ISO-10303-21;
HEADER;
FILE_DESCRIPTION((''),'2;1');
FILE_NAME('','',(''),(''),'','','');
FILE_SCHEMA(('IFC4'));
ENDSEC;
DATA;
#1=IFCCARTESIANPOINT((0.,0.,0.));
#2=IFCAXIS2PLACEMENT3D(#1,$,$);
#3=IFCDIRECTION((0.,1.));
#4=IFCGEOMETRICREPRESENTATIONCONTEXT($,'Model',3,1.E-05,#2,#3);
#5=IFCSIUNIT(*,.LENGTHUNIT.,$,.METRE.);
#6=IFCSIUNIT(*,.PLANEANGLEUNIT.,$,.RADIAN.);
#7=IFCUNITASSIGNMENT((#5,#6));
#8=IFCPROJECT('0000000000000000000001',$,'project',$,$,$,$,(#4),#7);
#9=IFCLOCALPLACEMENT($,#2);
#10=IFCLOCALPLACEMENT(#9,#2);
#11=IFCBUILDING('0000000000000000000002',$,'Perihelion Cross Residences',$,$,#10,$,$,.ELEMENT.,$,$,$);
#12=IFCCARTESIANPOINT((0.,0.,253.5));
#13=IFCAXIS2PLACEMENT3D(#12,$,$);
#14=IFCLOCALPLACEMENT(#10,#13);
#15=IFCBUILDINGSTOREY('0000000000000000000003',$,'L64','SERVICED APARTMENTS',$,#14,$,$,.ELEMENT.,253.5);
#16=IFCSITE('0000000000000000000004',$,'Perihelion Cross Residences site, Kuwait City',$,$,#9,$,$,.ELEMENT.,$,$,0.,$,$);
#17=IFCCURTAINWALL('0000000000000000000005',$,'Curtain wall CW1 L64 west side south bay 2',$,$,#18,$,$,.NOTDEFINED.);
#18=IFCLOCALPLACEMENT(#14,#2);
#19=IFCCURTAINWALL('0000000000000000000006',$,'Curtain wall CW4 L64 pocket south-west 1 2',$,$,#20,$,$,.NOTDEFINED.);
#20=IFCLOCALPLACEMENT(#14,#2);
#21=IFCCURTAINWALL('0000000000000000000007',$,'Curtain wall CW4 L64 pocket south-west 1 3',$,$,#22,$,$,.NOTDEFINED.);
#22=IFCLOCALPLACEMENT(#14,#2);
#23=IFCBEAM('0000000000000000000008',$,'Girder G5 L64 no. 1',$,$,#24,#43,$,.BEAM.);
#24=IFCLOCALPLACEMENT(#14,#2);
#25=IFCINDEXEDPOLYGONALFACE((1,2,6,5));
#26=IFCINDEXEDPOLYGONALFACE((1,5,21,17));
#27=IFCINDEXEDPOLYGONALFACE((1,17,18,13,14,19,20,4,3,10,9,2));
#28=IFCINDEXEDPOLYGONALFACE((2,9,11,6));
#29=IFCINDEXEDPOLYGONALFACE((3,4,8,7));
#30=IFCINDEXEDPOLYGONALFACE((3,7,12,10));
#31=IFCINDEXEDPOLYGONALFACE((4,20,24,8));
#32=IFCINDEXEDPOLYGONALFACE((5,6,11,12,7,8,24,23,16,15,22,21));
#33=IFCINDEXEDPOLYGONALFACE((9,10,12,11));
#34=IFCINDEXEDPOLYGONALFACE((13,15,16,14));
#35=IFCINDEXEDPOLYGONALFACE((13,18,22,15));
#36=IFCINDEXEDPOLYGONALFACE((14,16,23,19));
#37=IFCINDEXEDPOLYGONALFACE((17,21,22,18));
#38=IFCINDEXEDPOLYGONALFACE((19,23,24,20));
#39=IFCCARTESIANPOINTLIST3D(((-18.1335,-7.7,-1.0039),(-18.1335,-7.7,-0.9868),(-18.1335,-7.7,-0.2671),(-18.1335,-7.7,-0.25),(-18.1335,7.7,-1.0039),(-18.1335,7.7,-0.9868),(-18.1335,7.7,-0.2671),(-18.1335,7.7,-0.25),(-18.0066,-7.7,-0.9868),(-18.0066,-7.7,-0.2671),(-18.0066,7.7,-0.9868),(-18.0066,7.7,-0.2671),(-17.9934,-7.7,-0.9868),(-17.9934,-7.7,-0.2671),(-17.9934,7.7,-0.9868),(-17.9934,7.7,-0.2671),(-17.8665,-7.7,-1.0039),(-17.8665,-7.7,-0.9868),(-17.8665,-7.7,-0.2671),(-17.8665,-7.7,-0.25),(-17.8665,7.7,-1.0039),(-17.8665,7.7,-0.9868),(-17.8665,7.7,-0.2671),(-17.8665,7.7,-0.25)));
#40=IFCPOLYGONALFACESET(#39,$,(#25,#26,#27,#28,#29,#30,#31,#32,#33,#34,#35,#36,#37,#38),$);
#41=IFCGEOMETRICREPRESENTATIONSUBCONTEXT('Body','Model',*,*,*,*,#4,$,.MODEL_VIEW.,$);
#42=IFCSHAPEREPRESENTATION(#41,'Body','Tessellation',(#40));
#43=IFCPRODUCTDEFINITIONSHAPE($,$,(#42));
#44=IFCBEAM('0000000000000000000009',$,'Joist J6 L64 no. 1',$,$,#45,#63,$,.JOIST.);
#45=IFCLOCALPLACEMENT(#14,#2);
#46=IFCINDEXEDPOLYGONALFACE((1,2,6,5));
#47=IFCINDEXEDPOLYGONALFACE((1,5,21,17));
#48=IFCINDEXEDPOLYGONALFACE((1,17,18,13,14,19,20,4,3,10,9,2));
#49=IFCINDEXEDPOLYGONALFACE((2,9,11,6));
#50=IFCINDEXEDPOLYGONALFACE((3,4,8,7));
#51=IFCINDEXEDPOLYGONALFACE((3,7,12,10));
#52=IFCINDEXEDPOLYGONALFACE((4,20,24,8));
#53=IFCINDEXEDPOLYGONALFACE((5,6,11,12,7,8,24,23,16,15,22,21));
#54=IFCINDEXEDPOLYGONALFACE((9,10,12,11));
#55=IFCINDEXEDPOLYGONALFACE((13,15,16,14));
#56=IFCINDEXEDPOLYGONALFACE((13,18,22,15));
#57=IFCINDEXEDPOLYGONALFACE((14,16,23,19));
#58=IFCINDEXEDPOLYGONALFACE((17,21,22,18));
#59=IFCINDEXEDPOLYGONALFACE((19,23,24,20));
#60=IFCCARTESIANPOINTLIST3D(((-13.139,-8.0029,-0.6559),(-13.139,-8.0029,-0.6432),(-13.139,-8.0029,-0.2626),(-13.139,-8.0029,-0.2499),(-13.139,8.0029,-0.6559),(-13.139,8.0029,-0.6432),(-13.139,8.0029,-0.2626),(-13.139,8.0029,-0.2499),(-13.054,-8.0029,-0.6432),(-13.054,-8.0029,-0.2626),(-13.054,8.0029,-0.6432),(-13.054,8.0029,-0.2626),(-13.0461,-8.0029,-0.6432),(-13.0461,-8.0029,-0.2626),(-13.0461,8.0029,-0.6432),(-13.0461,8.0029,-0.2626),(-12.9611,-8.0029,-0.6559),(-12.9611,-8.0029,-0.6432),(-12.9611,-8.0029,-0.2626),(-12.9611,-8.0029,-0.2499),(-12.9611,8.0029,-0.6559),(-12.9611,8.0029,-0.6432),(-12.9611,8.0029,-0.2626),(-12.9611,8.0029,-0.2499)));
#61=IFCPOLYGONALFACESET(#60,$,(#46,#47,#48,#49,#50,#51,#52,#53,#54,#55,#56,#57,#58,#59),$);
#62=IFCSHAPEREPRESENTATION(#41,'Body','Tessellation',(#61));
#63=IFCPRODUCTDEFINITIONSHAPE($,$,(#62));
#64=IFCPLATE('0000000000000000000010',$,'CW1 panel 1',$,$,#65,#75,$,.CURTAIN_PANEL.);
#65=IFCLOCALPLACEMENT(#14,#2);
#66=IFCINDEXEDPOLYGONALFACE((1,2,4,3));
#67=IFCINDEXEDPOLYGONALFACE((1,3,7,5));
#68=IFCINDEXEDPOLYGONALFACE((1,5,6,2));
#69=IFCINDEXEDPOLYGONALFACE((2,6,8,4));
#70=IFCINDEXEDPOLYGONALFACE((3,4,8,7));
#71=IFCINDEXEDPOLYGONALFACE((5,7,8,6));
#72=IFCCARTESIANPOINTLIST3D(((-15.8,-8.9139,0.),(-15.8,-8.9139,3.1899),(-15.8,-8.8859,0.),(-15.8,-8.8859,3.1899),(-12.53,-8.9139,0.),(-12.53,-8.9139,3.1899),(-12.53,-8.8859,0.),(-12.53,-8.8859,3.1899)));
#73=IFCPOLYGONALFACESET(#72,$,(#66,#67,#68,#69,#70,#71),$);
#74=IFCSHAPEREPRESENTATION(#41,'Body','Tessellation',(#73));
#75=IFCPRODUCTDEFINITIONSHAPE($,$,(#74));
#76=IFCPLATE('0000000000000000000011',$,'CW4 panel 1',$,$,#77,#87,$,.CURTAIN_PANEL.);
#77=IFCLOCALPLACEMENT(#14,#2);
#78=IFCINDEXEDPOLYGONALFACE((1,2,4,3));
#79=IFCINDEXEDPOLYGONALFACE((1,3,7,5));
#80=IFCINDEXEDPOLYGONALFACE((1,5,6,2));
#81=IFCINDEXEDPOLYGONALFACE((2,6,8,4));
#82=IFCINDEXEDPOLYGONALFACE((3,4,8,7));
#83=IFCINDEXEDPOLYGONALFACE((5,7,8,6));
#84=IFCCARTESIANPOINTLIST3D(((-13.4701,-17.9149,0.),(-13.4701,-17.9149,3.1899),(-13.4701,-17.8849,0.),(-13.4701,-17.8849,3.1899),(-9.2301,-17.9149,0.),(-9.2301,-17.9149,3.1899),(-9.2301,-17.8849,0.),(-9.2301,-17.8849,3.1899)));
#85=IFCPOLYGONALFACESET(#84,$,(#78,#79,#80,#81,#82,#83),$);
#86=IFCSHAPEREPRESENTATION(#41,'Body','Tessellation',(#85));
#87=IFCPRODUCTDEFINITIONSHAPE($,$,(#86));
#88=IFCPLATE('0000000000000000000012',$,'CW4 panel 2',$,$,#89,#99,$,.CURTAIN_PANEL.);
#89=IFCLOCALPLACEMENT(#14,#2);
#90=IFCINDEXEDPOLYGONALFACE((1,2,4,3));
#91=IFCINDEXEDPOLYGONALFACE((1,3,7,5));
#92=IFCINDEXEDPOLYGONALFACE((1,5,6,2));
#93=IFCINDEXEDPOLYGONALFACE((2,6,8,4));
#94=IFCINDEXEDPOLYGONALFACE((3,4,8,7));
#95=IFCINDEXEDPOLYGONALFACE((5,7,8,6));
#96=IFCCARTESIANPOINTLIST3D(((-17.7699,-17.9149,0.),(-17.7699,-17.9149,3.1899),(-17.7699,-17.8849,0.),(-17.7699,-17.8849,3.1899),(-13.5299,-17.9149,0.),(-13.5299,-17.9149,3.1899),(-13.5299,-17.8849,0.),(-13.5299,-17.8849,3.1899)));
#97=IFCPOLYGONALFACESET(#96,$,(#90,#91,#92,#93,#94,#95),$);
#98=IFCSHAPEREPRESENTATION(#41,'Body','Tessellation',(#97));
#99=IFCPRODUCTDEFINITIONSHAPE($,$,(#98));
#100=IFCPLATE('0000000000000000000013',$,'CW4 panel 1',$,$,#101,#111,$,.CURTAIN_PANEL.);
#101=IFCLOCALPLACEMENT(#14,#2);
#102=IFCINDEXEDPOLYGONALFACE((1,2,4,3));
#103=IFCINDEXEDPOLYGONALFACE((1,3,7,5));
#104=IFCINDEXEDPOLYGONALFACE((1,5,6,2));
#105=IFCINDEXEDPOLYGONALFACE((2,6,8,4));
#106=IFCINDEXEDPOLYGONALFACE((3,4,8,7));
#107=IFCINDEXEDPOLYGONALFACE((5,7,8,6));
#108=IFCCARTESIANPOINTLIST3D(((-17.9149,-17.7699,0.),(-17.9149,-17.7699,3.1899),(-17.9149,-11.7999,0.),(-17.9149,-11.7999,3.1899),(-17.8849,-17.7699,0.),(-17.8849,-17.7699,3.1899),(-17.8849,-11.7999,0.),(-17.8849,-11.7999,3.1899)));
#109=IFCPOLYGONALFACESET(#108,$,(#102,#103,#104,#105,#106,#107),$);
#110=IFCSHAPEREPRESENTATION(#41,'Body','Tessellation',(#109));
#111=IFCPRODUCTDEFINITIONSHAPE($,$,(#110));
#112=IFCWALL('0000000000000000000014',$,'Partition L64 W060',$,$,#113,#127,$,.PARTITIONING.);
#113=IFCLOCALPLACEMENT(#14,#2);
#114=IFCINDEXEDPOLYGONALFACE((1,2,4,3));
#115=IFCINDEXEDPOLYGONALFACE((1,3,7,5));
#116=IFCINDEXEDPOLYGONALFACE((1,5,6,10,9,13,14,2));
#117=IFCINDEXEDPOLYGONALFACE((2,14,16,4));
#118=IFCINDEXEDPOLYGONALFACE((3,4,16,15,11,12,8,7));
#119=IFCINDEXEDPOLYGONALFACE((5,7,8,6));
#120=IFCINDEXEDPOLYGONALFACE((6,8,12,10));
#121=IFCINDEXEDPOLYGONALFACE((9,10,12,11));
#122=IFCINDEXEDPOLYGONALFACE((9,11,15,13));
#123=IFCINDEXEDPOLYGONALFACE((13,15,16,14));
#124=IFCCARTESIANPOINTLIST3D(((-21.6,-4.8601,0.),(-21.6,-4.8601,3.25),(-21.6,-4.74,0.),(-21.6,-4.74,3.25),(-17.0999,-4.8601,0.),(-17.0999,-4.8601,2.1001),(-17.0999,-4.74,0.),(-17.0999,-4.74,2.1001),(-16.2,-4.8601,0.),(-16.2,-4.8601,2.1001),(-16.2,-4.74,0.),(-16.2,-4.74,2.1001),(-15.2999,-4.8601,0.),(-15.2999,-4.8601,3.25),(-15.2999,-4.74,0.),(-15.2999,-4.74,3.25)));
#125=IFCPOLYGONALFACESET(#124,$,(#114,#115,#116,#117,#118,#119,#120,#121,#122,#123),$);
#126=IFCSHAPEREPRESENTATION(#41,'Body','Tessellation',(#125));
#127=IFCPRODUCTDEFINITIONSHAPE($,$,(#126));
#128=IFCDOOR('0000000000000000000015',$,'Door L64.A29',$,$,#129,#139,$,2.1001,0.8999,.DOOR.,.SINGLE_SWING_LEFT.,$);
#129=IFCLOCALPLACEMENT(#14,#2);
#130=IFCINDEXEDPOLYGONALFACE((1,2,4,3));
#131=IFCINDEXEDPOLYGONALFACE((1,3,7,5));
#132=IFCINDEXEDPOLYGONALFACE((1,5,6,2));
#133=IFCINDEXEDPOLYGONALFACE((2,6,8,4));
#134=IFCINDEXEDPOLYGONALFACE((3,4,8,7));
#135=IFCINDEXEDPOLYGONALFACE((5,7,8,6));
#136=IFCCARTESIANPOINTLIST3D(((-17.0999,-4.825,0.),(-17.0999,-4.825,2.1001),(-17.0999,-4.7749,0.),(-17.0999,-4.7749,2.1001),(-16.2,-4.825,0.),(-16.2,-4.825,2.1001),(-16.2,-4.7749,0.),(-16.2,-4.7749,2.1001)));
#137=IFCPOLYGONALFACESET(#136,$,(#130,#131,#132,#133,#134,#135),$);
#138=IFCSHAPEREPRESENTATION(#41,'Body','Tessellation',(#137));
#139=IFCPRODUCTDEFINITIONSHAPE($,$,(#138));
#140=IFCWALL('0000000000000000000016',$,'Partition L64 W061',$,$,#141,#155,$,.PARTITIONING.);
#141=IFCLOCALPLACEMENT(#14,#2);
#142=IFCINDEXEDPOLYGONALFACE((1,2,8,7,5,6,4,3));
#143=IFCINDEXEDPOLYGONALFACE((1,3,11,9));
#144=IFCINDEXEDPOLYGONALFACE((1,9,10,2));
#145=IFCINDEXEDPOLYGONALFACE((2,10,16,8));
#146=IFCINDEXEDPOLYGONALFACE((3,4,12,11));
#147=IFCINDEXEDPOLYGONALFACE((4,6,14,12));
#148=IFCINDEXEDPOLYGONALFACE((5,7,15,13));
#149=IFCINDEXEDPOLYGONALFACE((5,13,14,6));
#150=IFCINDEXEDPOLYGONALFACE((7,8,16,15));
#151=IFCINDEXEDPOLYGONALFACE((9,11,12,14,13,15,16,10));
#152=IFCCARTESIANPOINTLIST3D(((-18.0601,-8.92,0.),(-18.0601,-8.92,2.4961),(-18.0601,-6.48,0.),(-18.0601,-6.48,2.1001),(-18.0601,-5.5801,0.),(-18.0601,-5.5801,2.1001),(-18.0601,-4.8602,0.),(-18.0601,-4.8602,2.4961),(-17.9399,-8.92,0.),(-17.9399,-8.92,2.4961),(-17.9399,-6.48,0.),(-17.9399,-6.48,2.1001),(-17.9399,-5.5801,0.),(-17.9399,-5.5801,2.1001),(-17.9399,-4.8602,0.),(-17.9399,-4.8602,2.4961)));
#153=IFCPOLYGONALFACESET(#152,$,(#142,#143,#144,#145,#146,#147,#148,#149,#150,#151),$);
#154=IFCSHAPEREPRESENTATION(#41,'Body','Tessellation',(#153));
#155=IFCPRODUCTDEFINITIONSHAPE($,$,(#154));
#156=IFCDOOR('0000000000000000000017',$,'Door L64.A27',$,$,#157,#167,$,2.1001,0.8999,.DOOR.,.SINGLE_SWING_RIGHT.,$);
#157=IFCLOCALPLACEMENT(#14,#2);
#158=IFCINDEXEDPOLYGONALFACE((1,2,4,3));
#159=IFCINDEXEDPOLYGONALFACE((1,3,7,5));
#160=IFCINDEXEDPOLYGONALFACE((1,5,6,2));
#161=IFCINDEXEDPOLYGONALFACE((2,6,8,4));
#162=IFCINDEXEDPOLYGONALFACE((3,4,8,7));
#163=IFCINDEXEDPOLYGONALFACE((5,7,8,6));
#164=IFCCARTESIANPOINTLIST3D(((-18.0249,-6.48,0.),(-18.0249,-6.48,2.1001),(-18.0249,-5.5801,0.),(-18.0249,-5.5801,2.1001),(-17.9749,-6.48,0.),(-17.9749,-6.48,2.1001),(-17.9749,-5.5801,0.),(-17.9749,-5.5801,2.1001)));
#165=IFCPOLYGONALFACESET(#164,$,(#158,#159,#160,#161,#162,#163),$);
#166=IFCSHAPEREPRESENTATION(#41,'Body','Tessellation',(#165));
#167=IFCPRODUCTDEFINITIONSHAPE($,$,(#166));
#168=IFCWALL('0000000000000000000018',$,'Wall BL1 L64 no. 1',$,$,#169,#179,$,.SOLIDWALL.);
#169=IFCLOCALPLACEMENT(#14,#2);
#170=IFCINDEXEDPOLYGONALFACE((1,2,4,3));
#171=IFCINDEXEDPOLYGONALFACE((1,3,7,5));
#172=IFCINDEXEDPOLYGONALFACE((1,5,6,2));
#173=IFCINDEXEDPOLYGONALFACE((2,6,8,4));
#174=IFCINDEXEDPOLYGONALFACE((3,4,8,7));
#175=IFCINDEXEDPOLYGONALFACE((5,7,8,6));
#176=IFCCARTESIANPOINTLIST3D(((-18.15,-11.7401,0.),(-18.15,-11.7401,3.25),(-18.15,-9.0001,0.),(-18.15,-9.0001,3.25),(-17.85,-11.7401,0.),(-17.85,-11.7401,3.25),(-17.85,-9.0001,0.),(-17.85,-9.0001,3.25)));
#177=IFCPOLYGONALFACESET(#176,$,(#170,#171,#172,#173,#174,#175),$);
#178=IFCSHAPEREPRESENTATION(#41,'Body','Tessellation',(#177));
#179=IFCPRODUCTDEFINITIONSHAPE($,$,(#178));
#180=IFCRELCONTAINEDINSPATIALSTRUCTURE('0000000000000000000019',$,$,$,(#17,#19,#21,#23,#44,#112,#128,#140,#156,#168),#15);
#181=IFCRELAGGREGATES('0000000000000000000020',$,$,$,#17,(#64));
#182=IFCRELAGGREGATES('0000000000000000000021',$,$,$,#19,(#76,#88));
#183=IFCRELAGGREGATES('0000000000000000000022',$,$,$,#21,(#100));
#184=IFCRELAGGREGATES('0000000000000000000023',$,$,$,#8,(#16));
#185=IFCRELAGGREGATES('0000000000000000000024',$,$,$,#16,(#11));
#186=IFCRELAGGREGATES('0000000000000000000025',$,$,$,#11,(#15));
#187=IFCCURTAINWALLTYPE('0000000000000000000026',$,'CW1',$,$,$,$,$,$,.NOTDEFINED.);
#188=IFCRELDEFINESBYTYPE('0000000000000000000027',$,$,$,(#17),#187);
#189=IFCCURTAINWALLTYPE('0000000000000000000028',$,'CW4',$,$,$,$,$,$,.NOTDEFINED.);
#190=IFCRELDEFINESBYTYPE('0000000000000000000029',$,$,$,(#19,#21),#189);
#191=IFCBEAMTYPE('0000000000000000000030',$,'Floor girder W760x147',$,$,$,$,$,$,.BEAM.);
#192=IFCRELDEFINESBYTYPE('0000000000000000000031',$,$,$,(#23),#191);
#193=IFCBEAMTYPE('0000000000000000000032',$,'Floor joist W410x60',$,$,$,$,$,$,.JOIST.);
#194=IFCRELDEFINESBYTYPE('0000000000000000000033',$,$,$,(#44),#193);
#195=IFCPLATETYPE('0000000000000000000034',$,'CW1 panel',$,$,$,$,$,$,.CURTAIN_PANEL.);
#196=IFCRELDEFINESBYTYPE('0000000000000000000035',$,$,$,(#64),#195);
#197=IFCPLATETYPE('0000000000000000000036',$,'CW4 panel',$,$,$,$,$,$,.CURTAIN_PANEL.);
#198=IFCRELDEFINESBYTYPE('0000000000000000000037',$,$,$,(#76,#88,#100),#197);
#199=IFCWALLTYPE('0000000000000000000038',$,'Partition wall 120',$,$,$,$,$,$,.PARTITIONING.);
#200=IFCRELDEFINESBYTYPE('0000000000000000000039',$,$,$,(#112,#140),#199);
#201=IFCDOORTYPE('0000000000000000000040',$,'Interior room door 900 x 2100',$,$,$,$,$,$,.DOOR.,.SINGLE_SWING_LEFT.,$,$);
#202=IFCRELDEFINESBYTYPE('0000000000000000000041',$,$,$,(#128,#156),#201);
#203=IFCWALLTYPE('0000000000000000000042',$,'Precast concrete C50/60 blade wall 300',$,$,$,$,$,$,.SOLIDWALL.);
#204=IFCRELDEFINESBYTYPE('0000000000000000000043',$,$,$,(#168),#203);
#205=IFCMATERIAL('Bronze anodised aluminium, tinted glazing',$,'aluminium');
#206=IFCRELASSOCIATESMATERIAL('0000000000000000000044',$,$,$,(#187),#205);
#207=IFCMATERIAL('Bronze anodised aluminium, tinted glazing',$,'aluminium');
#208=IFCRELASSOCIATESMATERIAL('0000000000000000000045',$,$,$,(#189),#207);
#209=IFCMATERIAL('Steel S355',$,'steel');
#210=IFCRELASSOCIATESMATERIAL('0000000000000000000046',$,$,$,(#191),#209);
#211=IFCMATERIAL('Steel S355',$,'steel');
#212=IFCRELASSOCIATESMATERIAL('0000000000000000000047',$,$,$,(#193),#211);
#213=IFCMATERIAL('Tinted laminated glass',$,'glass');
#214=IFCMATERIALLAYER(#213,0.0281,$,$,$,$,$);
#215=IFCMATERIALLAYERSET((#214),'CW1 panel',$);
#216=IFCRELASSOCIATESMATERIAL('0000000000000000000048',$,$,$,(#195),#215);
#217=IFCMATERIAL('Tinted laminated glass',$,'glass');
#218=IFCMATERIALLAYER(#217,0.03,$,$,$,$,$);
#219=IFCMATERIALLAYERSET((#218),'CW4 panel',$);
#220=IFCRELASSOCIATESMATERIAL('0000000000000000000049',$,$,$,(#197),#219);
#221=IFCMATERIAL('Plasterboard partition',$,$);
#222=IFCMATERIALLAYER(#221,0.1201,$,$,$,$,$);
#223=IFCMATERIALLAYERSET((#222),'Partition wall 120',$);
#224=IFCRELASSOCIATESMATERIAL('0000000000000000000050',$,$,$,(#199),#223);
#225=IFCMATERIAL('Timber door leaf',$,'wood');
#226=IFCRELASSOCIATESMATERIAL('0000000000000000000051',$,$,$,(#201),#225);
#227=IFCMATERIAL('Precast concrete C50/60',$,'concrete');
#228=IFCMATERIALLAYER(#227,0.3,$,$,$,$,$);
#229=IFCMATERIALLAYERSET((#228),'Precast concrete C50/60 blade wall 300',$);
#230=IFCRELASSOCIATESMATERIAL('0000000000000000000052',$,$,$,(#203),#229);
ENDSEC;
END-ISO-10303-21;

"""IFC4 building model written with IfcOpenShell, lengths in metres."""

from ifc_helpers import new_model, si_unit, direction, frame, frame_2d, origin, origin_2d, place, context, subcontext, project, spatial, rectangle, i_section, extrude, material, layer, layer_set, material_profile, profile_set, type_object, element, fill, aggregate, save


model = new_model("IFC4")

# Units and contexts
model_context = context("Model", 3, precision=1e-05, world=origin(), true_north=direction((0.0, 1.0)))
body_context = subcontext(model_context, "Body", "Model", "MODEL_VIEW")
ifc_project = project(units=[si_unit("LENGTHUNIT", "METRE"), si_unit("PLANEANGLEUNIT", "RADIAN")], contexts=[model_context])

# Site, building, storey
site_placement = place(None, origin())
site = spatial("IfcSite", under=ifc_project, at=site_placement, Name="Perihelion Cross Residences site, Kuwait City", CompositionType="ELEMENT", RefElevation=0.0)
building_placement = place(site_placement, origin())
building = spatial("IfcBuilding", under=site, at=building_placement, Name="Perihelion Cross Residences", CompositionType="ELEMENT")
storey_placement = place(building_placement, frame((0.0, 0.0, 253.5)))
storey = spatial("IfcBuildingStorey", under=building, at=storey_placement, Name="L64", Description="SERVICED APARTMENTS", CompositionType="ELEMENT", Elevation=253.5)

# Curtain walls
ifc_material_1 = material(Name="Bronze anodised aluminium, tinted glazing", Category="aluminium")
curtain_wall_type_1 = type_object("IfcCurtainWallType", Name="CW1", PredefinedType="NOTDEFINED", material=ifc_material_1)
curtain_wall_1_placement = place(storey_placement, origin())
curtain_wall_1 = element("IfcCurtainWall", 1, at=curtain_wall_1_placement, inside=storey, type_object=curtain_wall_type_1, Name="Curtain wall CW1 L64 west side south bay 2", PredefinedType="NOTDEFINED")
ifc_material_2 = material(Name="Bronze anodised aluminium, tinted glazing", Category="aluminium")
curtain_wall_type_2 = type_object("IfcCurtainWallType", Name="CW4", PredefinedType="NOTDEFINED", material=ifc_material_2)
curtain_wall_2_placement = place(storey_placement, origin())
curtain_wall_2 = element("IfcCurtainWall", 2, at=curtain_wall_2_placement, inside=storey, type_object=curtain_wall_type_2, Name="Curtain wall CW4 L64 pocket south-west 1 2", PredefinedType="NOTDEFINED")
curtain_wall_3_placement = place(storey_placement, origin())
curtain_wall_3 = element("IfcCurtainWall", 3, at=curtain_wall_3_placement, inside=storey, type_object=curtain_wall_type_2, Name="Curtain wall CW4 L64 pocket south-west 1 3", PredefinedType="NOTDEFINED")

# Beams
ifc_material_3 = material(Name="Steel S355", Category="steel")
ifc_material_profile_1 = material_profile(ifc_material_3, i_section(OverallWidth=0.2671, OverallDepth=0.7539, WebThickness=0.0132, FlangeThickness=0.0171, at=origin_2d()), Name="W760x147")
ifc_profile_set_1 = profile_set([ifc_material_profile_1], Name="Steel S355")
beam_type_1 = type_object("IfcBeamType", Name="Floor girder W760x147", PredefinedType="BEAM", material=ifc_profile_set_1)
beam_1_placement = place(storey_placement, frame((-18.0, -7.7, -0.627), z_axis=(0.0, 1.0, 0.0), x_axis=(-1.0, 0.0, 0.0)))
element("IfcBeam", 4, at=beam_1_placement, inside=storey, type_object=beam_type_1, Name="Girder G5 L64 no. 1", PredefinedType="BEAM", context=body_context, shape_type="SweptSolid", body=[
    extrude(i_section(OverallWidth=0.2671, OverallDepth=0.7539, WebThickness=0.0132, FlangeThickness=0.0171, at=origin_2d()), origin(), (0.0, 0.0, 1.0), 15.3999),
])
ifc_material_4 = material(Name="Steel S355", Category="steel")
ifc_material_profile_2 = material_profile(ifc_material_4, i_section(OverallWidth=0.178, OverallDepth=0.406, WebThickness=0.0078, FlangeThickness=0.0127, at=origin_2d()), Name="W410x60")
ifc_profile_set_2 = profile_set([ifc_material_profile_2], Name="Steel S355")
beam_type_2 = type_object("IfcBeamType", Name="Floor joist W410x60", PredefinedType="JOIST", material=ifc_profile_set_2)
beam_2_placement = place(storey_placement, frame((-13.05, -8.0029, -0.4529), z_axis=(0.0, 1.0, 0.0), x_axis=(-1.0, 0.0, 0.0)))
element("IfcBeam", 5, at=beam_2_placement, inside=storey, type_object=beam_type_2, Name="Joist J6 L64 no. 1", PredefinedType="JOIST", context=body_context, shape_type="SweptSolid", body=[
    extrude(i_section(OverallWidth=0.178, OverallDepth=0.406, WebThickness=0.0078, FlangeThickness=0.0127, at=origin_2d()), origin(), (0.0, 0.0, 1.0), 16.0059),
])

# Plates
ifc_material_5 = material(Name="Tinted laminated glass", Category="glass")
ifc_layer_1 = layer(ifc_material_5, 0.0281)
ifc_layer_set_1 = layer_set([ifc_layer_1], Name="CW1 panel")
plate_type_1 = type_object("IfcPlateType", Name="CW1 panel", PredefinedType="CURTAIN_PANEL", material=ifc_layer_set_1)
plate_1_placement = place(storey_placement, frame((-14.165, -8.8999, 0.0), z_axis=(0.0, 0.0, 1.0), x_axis=(1.0, 0.0, 0.0)))
plate_1 = element("IfcPlate", 6, at=plate_1_placement, type_object=plate_type_1, Name="CW1 panel 1", PredefinedType="CURTAIN_PANEL", context=body_context, shape_type="SweptSolid", body=[
    extrude(rectangle(XDim=3.27, YDim=0.0281, at=origin_2d()), origin(), (0.0, 0.0, 1.0), 3.1899),
])
aggregate(curtain_wall_1, [plate_1])
ifc_material_6 = material(Name="Tinted laminated glass", Category="glass")
ifc_layer_2 = layer(ifc_material_6, 0.03)
ifc_layer_set_2 = layer_set([ifc_layer_2], Name="CW4 panel")
plate_type_2 = type_object("IfcPlateType", Name="CW4 panel", PredefinedType="CURTAIN_PANEL", material=ifc_layer_set_2)
plate_2_placement = place(storey_placement, frame((-11.3501, -17.8999, 0.0), z_axis=(0.0, 0.0, 1.0), x_axis=(-1.0, 0.0, 0.0)))
plate_2 = element("IfcPlate", 7, at=plate_2_placement, type_object=plate_type_2, Name="CW4 panel 1", PredefinedType="CURTAIN_PANEL", context=body_context, shape_type="SweptSolid", body=[
    extrude(rectangle(XDim=4.24, YDim=0.03, at=origin_2d()), origin(), (0.0, 0.0, 1.0), 3.1899),
])
plate_3_placement = place(storey_placement, frame((-15.6499, -17.8999, 0.0), z_axis=(0.0, 0.0, 1.0), x_axis=(-1.0, 0.0, 0.0)))
plate_3 = element("IfcPlate", 8, at=plate_3_placement, type_object=plate_type_2, Name="CW4 panel 2", PredefinedType="CURTAIN_PANEL", context=body_context, shape_type="SweptSolid", body=[
    extrude(rectangle(XDim=4.24, YDim=0.03, at=origin_2d()), origin(), (0.0, 0.0, 1.0), 3.1899),
])
aggregate(curtain_wall_2, [plate_2, plate_3])
plate_4_placement = place(storey_placement, frame((-17.8999, -14.7849, 0.0), z_axis=(0.0, 0.0, 1.0), x_axis=(0.0, 1.0, 0.0)))
plate_4 = element("IfcPlate", 9, at=plate_4_placement, type_object=plate_type_2, Name="CW4 panel 1", PredefinedType="CURTAIN_PANEL", context=body_context, shape_type="SweptSolid", body=[
    extrude(rectangle(XDim=5.97, YDim=0.03, at=origin_2d()), origin(), (0.0, 0.0, 1.0), 3.1899),
])
aggregate(curtain_wall_3, [plate_4])

# Walls, openings, doors
ifc_material_7 = material(Name="Plasterboard partition")
ifc_layer_3 = layer(ifc_material_7, 0.1201)
ifc_layer_set_3 = layer_set([ifc_layer_3], Name="Partition wall 120")
wall_type_1 = type_object("IfcWallType", Name="Partition wall 120", PredefinedType="PARTITIONING", material=ifc_layer_set_3)
wall_1_placement = place(storey_placement, frame((-15.3, -4.8, 0.0), z_axis=(0.0, 0.0, 1.0), x_axis=(-1.0, 0.0, 0.0)))
wall_1 = element("IfcWall", 10, at=wall_1_placement, inside=storey, type_object=wall_type_1, Name="Partition L64 W060", PredefinedType="PARTITIONING", context=body_context, shape_type="SweptSolid", body=[
    extrude(rectangle(XDim=6.3, YDim=0.1201, at=frame_2d((3.1499, 0.0))), origin(), (0.0, 0.0, 1.0), 3.25),
])
opening_1_placement = place(wall_1_placement, frame((0.8999, 0.0, 0.0)))
opening_1 = element("IfcOpeningElement", 11, at=opening_1_placement, cuts=wall_1, PredefinedType="OPENING", context=body_context, shape_type="SweptSolid", body=[
    extrude(rectangle(XDim=0.8999, YDim=2.1001, at=frame_2d((0.45, 1.05))), frame((0.0, 0.0701, 0.0), z_axis=(0.0, -1.0, 0.0), x_axis=(1.0, 0.0, 0.0)), (0.0, 0.0, 1.0), 0.1401),
])
ifc_material_8 = material(Name="Timber door leaf", Category="wood")
door_type_1 = type_object("IfcDoorType", Name="Interior room door 900 x 2100", OperationType="SINGLE_SWING_LEFT", PredefinedType="DOOR", material=ifc_material_8)
door_1_placement = place(opening_1_placement, origin())
door_1 = element("IfcDoor", 12, at=door_1_placement, inside=storey, type_object=door_type_1, Name="Door L64.A29", OperationType="SINGLE_SWING_LEFT", OverallHeight=2.1001, OverallWidth=0.8999, PredefinedType="DOOR", context=body_context, shape_type="SweptSolid", body=[
    extrude(rectangle(XDim=0.8999, YDim=2.1001, at=frame_2d((0.45, 1.05))), frame((0.0, 0.0249, 0.0), z_axis=(0.0, -1.0, 0.0), x_axis=(1.0, 0.0, 0.0)), (0.0, 0.0, 1.0), 0.05),
])
fill(opening_1, door_1)
wall_2_placement = place(storey_placement, frame((-18.0, -8.9199, 0.0), z_axis=(0.0, 0.0, 1.0), x_axis=(0.0, 1.0, 0.0)))
wall_2 = element("IfcWall", 13, at=wall_2_placement, inside=storey, type_object=wall_type_1, Name="Partition L64 W061", PredefinedType="PARTITIONING", context=body_context, shape_type="SweptSolid", body=[
    extrude(rectangle(XDim=4.0598, YDim=0.1201, at=frame_2d((2.0298, 0.0))), origin(), (0.0, 0.0, 1.0), 2.4961),
])
opening_2_placement = place(wall_2_placement, frame((2.4399, 0.0, 0.0)))
opening_2 = element("IfcOpeningElement", 14, at=opening_2_placement, cuts=wall_2, PredefinedType="OPENING", context=body_context, shape_type="SweptSolid", body=[
    extrude(rectangle(XDim=0.8999, YDim=2.1001, at=frame_2d((0.45, 1.05))), frame((0.0, 0.0701, 0.0), z_axis=(0.0, -1.0, 0.0), x_axis=(1.0, 0.0, 0.0)), (0.0, 0.0, 1.0), 0.1401),
])
door_2_placement = place(opening_2_placement, origin())
door_2 = element("IfcDoor", 15, at=door_2_placement, inside=storey, type_object=door_type_1, Name="Door L64.A27", OperationType="SINGLE_SWING_RIGHT", OverallHeight=2.1001, OverallWidth=0.8999, PredefinedType="DOOR", context=body_context, shape_type="SweptSolid", body=[
    extrude(rectangle(XDim=0.8999, YDim=2.1001, at=frame_2d((0.45, 1.05))), frame((0.0, 0.0249, 0.0), z_axis=(0.0, -1.0, 0.0), x_axis=(1.0, 0.0, 0.0)), (0.0, 0.0, 1.0), 0.05),
])
fill(opening_2, door_2)

# Wall
ifc_material_9 = material(Name="Precast concrete C50/60", Category="concrete")
ifc_layer_4 = layer(ifc_material_9, 0.3)
ifc_layer_set_4 = layer_set([ifc_layer_4], Name="Precast concrete C50/60 blade wall 300")
wall_type_2 = type_object("IfcWallType", Name="Precast concrete C50/60 blade wall 300", PredefinedType="SOLIDWALL", material=ifc_layer_set_4)
wall_3_placement = place(storey_placement, frame((-18.0, -9.0, 0.0), z_axis=(0.0, 0.0, 1.0), x_axis=(0.0, -1.0, 0.0)))
element("IfcWall", 16, at=wall_3_placement, inside=storey, type_object=wall_type_2, Name="Wall BL1 L64 no. 1", PredefinedType="SOLIDWALL", context=body_context, shape_type="SweptSolid", body=[
    extrude(rectangle(XDim=2.74, YDim=0.3, at=frame_2d((1.3701, 0.0))), origin(), (0.0, 0.0, 1.0), 3.25),
])

save(model, "model.ifc")
